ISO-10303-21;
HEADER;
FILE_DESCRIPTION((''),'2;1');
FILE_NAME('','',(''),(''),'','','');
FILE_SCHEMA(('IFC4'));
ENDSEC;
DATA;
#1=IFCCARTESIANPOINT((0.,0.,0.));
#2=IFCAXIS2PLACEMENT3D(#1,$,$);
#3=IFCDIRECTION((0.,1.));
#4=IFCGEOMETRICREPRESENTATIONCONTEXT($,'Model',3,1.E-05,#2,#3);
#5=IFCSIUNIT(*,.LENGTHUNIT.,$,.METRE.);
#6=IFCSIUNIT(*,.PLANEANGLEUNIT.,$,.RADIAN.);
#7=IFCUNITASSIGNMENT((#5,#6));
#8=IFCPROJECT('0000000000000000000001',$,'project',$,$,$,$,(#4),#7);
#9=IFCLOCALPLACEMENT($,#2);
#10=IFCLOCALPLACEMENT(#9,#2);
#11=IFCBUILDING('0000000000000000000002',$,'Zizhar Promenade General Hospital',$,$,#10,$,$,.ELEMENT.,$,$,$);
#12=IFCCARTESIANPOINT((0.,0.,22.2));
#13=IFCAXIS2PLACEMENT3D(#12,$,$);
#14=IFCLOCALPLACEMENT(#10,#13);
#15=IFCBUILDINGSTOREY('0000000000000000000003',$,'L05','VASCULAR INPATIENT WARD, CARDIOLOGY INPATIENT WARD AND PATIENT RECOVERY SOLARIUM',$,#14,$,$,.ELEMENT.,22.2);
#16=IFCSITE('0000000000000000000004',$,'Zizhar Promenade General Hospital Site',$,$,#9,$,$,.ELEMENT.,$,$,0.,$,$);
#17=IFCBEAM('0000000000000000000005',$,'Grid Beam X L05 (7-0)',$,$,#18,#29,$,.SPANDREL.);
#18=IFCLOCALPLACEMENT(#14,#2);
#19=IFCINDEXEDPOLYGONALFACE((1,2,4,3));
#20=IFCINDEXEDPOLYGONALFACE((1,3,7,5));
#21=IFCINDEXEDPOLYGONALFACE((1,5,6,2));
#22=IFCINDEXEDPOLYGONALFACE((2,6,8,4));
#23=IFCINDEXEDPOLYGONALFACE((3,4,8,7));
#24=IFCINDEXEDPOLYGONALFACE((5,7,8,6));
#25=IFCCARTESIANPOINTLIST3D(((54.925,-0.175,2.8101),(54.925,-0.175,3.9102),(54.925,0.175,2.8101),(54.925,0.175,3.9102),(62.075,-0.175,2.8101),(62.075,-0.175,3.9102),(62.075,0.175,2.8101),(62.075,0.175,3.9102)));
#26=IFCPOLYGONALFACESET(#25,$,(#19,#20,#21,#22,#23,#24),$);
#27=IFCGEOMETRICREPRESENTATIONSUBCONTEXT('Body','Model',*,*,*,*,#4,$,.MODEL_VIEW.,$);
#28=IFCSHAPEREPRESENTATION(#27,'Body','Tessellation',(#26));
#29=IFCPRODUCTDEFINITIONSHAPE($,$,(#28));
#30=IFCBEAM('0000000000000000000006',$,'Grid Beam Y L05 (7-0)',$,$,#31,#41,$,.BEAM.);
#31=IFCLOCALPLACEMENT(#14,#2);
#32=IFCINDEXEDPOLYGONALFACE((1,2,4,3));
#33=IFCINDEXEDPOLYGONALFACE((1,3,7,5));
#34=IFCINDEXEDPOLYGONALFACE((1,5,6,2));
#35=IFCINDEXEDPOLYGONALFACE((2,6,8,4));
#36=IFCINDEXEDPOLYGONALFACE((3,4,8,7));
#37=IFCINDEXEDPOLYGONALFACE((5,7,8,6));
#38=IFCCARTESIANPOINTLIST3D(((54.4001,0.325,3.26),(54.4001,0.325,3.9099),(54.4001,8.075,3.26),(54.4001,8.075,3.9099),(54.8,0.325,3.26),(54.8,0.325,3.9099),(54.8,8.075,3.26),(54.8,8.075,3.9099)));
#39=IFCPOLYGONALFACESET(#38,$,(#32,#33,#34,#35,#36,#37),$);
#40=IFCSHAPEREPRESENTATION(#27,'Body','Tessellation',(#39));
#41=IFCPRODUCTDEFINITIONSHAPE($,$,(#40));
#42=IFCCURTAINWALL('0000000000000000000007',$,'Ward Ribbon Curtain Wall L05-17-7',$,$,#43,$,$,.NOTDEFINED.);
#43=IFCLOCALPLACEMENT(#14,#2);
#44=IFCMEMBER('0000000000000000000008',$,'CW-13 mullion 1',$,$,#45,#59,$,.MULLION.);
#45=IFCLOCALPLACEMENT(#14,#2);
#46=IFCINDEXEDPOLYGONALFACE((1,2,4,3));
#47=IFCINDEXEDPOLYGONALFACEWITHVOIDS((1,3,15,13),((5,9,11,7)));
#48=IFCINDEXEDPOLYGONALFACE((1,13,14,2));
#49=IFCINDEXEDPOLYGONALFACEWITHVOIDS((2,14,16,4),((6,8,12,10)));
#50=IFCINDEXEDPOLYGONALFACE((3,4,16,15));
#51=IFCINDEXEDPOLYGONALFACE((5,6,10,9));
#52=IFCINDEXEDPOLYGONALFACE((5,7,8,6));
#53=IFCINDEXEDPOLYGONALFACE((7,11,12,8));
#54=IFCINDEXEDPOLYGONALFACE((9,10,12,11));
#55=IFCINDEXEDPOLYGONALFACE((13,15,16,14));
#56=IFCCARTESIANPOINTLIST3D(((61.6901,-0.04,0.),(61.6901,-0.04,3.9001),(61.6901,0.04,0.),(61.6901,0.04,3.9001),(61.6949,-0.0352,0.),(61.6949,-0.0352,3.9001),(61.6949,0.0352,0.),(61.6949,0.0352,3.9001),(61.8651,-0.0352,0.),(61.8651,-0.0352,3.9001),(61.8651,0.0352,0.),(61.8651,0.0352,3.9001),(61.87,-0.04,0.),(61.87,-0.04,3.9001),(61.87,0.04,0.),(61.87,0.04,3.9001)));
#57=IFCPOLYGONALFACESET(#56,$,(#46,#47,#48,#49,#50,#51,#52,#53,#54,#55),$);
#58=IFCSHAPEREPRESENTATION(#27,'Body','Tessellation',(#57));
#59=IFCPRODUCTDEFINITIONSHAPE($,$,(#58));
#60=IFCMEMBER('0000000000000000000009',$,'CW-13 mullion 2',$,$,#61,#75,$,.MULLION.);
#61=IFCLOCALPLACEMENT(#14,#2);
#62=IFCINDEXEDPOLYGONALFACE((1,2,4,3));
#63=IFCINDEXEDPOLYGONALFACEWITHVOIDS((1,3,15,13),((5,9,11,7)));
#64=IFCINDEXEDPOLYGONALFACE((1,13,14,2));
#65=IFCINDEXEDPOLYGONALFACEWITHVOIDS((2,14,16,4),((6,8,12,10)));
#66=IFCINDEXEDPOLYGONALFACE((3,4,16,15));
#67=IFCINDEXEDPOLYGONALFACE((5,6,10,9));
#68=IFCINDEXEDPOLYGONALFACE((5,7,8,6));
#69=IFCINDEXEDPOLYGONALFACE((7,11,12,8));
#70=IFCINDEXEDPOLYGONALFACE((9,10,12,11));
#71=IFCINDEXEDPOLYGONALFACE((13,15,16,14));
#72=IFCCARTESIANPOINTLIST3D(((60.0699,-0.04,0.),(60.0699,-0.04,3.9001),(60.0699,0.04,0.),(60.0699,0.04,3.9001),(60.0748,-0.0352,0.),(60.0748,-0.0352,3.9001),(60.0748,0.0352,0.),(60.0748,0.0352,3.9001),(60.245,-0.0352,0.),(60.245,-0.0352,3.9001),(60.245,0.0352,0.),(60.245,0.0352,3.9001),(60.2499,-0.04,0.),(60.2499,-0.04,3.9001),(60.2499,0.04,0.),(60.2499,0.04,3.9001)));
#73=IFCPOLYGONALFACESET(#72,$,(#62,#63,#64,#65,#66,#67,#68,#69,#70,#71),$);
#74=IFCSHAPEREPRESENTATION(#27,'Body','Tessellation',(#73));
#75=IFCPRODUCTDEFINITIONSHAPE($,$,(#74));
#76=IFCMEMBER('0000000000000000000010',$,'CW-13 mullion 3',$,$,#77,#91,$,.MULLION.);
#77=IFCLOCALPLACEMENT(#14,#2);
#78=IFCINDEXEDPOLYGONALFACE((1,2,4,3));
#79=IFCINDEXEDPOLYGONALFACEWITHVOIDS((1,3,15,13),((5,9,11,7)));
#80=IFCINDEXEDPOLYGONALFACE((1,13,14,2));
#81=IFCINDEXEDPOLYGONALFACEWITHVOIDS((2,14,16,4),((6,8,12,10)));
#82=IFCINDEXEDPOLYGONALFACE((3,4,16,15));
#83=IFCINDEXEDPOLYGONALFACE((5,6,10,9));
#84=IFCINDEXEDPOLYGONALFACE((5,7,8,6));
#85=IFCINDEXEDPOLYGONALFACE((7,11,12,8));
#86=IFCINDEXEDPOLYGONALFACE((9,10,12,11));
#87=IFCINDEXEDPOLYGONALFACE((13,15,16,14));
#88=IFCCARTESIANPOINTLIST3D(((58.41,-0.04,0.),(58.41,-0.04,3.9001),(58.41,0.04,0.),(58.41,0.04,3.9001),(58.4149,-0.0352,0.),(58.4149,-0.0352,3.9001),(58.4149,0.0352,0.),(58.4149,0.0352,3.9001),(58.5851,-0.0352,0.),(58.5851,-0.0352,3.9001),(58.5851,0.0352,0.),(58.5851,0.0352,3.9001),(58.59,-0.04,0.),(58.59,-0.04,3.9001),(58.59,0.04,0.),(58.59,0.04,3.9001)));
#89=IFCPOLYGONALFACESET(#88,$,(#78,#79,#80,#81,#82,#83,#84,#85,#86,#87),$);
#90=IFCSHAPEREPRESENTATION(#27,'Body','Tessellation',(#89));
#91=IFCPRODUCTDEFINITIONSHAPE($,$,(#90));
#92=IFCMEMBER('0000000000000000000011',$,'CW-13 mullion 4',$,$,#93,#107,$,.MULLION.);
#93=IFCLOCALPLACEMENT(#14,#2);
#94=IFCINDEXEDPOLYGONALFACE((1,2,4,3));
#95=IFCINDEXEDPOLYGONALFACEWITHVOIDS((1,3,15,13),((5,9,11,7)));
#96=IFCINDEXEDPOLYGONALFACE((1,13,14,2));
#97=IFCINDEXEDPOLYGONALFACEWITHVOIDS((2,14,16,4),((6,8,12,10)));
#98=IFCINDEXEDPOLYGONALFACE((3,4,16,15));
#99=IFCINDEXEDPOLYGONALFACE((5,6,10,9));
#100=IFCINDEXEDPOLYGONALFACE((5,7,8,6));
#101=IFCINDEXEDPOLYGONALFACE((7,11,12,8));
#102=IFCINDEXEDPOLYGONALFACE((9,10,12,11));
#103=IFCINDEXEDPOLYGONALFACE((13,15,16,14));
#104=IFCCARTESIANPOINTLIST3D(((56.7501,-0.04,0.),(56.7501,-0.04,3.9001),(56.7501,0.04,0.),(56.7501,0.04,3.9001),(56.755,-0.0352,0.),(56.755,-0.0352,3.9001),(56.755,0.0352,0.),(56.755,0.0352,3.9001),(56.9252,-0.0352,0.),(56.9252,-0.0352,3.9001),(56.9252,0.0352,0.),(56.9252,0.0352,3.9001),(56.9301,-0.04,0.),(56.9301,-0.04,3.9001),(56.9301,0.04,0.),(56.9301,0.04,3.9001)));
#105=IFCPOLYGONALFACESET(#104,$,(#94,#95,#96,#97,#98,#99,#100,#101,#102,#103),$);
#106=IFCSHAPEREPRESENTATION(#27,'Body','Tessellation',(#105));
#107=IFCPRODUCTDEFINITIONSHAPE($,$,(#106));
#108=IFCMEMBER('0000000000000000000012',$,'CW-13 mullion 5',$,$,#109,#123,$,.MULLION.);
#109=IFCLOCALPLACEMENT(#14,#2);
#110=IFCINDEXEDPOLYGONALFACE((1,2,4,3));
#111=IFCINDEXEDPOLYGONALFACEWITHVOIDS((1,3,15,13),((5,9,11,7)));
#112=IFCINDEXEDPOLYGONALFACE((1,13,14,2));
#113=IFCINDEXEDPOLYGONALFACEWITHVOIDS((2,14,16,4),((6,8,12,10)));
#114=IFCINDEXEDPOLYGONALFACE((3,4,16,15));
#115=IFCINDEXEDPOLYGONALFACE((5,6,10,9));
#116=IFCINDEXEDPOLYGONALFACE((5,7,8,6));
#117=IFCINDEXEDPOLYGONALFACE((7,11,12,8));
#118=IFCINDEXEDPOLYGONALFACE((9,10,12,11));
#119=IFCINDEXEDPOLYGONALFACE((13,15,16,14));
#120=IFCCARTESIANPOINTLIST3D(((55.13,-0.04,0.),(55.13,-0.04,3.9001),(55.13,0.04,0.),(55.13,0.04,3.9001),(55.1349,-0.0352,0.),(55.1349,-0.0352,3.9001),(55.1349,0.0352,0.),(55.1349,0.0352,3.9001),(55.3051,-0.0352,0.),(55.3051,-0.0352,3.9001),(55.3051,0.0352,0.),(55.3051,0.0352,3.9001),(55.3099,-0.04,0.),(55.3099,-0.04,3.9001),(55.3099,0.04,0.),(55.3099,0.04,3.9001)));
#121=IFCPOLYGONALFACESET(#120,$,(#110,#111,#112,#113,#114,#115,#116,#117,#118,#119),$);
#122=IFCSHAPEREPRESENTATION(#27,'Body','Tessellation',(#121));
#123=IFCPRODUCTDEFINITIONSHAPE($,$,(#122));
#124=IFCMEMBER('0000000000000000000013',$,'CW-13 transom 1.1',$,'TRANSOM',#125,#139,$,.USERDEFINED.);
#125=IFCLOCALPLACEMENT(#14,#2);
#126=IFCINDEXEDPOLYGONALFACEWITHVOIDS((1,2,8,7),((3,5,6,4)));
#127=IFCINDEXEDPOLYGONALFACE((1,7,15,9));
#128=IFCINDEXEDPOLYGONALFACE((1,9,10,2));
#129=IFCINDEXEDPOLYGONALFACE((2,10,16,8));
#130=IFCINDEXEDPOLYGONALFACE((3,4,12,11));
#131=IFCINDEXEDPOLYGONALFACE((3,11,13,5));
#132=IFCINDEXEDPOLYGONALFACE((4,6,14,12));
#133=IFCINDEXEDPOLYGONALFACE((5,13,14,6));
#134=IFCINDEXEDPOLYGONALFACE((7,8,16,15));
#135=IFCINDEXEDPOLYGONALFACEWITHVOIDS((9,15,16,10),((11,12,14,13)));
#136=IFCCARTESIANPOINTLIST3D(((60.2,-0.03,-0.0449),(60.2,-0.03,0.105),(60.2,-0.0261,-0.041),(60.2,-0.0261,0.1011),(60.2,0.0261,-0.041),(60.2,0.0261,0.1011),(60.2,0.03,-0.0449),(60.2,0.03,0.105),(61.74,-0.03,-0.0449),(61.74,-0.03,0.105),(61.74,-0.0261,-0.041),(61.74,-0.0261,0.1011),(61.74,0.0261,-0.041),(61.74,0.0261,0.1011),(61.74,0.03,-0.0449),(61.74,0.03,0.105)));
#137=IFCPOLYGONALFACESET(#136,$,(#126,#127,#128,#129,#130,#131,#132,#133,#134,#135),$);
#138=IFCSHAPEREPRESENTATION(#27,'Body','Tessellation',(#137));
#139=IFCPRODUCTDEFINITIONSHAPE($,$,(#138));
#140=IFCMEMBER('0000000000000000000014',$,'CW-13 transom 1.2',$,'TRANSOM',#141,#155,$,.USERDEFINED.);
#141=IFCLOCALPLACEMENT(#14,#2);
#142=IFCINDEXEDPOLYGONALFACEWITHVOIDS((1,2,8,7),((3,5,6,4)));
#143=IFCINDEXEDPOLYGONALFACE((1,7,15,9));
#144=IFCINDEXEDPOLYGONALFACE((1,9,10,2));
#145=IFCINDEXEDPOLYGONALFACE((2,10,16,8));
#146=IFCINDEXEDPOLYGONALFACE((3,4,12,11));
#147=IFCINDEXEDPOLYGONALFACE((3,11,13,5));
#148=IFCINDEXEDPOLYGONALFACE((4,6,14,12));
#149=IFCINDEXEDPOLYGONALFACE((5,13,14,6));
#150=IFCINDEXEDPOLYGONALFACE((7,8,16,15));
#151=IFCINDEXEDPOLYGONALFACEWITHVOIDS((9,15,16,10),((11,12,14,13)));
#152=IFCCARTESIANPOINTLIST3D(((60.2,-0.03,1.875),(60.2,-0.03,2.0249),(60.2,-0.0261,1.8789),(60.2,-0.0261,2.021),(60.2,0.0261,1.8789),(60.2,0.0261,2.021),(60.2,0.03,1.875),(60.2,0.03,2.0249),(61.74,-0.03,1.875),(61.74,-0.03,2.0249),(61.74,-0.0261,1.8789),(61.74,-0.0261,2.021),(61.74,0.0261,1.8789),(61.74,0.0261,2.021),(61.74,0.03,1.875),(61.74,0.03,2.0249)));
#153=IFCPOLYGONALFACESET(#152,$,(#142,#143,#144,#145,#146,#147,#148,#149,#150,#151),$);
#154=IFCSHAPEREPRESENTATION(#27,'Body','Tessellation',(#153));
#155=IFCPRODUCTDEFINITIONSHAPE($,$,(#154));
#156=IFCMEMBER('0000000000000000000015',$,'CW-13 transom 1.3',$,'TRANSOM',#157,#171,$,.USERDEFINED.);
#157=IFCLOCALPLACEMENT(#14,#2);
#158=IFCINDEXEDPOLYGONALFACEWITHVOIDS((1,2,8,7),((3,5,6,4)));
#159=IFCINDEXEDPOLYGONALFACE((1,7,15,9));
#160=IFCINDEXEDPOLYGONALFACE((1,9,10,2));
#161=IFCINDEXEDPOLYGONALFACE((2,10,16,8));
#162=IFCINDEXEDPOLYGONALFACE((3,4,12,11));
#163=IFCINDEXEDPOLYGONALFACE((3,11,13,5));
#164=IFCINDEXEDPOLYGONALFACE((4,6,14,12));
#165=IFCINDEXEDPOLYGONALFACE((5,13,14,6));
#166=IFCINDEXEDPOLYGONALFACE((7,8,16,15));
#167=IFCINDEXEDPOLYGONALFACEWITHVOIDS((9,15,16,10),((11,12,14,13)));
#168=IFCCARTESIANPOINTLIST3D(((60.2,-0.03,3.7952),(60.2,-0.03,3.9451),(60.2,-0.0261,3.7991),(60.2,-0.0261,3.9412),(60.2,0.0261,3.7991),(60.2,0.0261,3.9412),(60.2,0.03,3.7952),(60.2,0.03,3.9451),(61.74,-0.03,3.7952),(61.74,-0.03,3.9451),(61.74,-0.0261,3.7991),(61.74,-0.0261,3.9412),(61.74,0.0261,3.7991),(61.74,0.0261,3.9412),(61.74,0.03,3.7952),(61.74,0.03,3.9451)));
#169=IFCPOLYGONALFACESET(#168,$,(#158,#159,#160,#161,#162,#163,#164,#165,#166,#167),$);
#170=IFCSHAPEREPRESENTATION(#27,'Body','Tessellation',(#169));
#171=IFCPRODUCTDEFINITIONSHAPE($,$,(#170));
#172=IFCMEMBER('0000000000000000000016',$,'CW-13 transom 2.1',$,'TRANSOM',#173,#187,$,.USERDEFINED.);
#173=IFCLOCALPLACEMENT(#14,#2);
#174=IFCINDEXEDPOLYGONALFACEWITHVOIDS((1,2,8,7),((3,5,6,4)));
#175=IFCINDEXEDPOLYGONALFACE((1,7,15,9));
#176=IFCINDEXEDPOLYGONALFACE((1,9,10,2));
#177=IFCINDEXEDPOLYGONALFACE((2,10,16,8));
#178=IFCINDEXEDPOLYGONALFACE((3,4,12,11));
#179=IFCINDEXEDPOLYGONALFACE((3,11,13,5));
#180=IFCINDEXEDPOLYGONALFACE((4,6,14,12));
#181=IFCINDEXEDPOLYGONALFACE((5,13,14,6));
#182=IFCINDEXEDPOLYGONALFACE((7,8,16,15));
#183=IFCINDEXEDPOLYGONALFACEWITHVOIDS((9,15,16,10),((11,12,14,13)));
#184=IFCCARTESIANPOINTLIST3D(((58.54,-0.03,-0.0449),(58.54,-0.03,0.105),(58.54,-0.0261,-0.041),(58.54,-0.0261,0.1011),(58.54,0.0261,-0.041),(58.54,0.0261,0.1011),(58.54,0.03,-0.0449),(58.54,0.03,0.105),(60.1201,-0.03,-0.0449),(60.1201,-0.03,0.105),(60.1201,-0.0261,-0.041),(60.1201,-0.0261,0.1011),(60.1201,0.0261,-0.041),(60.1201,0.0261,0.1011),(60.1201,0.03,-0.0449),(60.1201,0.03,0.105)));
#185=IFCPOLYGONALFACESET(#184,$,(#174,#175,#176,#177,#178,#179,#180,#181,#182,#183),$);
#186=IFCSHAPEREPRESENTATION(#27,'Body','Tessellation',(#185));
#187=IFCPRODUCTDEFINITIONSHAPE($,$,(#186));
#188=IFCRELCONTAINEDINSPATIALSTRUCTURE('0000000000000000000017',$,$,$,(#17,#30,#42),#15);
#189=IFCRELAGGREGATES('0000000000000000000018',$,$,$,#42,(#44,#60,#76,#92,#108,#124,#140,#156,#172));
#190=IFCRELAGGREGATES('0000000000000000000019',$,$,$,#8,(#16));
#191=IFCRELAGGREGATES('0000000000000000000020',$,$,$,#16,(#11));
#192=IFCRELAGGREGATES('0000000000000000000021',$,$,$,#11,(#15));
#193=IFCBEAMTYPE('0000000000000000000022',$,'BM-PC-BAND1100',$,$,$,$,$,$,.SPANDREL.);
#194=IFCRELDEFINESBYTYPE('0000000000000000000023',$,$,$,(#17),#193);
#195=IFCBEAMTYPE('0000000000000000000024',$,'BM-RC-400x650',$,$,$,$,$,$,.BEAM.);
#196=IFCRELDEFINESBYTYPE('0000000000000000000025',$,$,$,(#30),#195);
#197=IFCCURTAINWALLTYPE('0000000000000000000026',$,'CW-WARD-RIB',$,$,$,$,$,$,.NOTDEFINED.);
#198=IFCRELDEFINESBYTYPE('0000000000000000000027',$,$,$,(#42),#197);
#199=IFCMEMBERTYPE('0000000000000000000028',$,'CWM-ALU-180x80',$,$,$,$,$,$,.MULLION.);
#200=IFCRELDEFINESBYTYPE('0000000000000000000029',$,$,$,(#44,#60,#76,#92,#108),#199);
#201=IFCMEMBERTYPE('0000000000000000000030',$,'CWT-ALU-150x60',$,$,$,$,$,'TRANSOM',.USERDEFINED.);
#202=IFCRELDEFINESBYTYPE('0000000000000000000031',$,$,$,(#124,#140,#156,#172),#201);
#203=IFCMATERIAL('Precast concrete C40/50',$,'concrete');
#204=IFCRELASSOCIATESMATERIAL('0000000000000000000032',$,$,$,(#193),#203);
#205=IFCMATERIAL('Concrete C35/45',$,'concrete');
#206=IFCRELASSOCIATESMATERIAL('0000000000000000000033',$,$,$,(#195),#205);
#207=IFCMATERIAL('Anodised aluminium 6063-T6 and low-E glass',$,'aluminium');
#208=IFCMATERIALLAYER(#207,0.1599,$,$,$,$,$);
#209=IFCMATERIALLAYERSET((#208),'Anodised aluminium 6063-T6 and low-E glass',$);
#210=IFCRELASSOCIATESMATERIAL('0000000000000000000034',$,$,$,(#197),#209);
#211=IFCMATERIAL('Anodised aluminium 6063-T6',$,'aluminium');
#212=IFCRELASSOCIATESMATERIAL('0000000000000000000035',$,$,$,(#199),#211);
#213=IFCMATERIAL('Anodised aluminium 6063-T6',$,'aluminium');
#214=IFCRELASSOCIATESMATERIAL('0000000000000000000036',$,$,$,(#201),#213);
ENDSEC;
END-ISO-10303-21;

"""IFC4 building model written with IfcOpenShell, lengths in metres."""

from ifc_helpers import new_model, si_unit, direction, frame, origin, origin_2d, place, context, subcontext, project, spatial, rectangle, hollow_rectangle, extrude, material, layer, layer_set, material_profile, profile_set, type_object, element, aggregate, save


model = new_model("IFC4")

# Units and contexts
model_context = context("Model", 3, precision=1e-05, world=origin(), true_north=direction((0.0, 1.0)))
body_context = subcontext(model_context, "Body", "Model", "MODEL_VIEW")
ifc_project = project(units=[si_unit("LENGTHUNIT", "METRE"), si_unit("PLANEANGLEUNIT", "RADIAN")], contexts=[model_context])

# Site, building, storey
site_placement = place(None, origin())
site = spatial("IfcSite", under=ifc_project, at=site_placement, Name="Zizhar Promenade General Hospital Site", CompositionType="ELEMENT", RefElevation=0.0)
building_placement = place(site_placement, origin())
building = spatial("IfcBuilding", under=site, at=building_placement, Name="Zizhar Promenade General Hospital", CompositionType="ELEMENT")
storey_placement = place(building_placement, frame((0.0, 0.0, 22.2)))
storey = spatial("IfcBuildingStorey", under=building, at=storey_placement, Name="L05", Description="VASCULAR INPATIENT WARD, CARDIOLOGY INPATIENT WARD AND PATIENT RECOVERY SOLARIUM", CompositionType="ELEMENT", Elevation=22.2)

# Beams
ifc_material_1 = material(Name="Precast concrete C40/50", Category="concrete")
ifc_material_profile_1 = material_profile(ifc_material_1, rectangle(XDim=0.3501, YDim=1.1001, at=origin_2d()))
ifc_profile_set_1 = profile_set([ifc_material_profile_1], Name="Precast concrete C40/50")
beam_type_1 = type_object("IfcBeamType", Name="BM-PC-BAND1100", PredefinedType="SPANDREL", material=ifc_profile_set_1)
beam_1_placement = place(storey_placement, frame((54.925, 0.0, 3.3601), z_axis=(1.0, 0.0, 0.0), x_axis=(0.0, 1.0, 0.0)))
element("IfcBeam", 1, at=beam_1_placement, inside=storey, type_object=beam_type_1, Name="Grid Beam X L05 (7-0)", PredefinedType="SPANDREL", context=body_context, shape_type="SweptSolid", body=[
    extrude(rectangle(XDim=0.3501, YDim=1.1001, at=origin_2d()), origin(), (0.0, 0.0, 1.0), 7.1499),
])
ifc_material_2 = material(Name="Concrete C35/45", Category="concrete")
ifc_material_profile_2 = material_profile(ifc_material_2, rectangle(XDim=0.3999, YDim=0.6499, at=origin_2d()))
ifc_profile_set_2 = profile_set([ifc_material_profile_2], Name="Concrete C35/45")
beam_type_2 = type_object("IfcBeamType", Name="BM-RC-400x650", PredefinedType="BEAM", material=ifc_profile_set_2)
beam_2_placement = place(storey_placement, frame((54.6001, 0.325, 3.585), z_axis=(0.0, 1.0, 0.0), x_axis=(-1.0, 0.0, 0.0)))
element("IfcBeam", 2, at=beam_2_placement, inside=storey, type_object=beam_type_2, Name="Grid Beam Y L05 (7-0)", PredefinedType="BEAM", context=body_context, shape_type="SweptSolid", body=[
    extrude(rectangle(XDim=0.3999, YDim=0.6499, at=origin_2d()), origin(), (0.0, 0.0, 1.0), 7.75),
])

# Curtain wall, members
ifc_material_3 = material(Name="Anodised aluminium 6063-T6 and low-E glass", Category="aluminium")
ifc_layer_1 = layer(ifc_material_3, 0.1599)
ifc_layer_set_1 = layer_set([ifc_layer_1], Name="Anodised aluminium 6063-T6 and low-E glass")
curtain_wall_type = type_object("IfcCurtainWallType", Name="CW-WARD-RIB", PredefinedType="NOTDEFINED", material=ifc_layer_set_1)
curtain_wall_placement = place(storey_placement, origin())
curtain_wall = element("IfcCurtainWall", 3, at=curtain_wall_placement, inside=storey, type_object=curtain_wall_type, Name="Ward Ribbon Curtain Wall L05-17-7", PredefinedType="NOTDEFINED")
ifc_material_4 = material(Name="Anodised aluminium 6063-T6", Category="aluminium")
ifc_material_profile_3 = material_profile(ifc_material_4, hollow_rectangle(XDim=0.0801, YDim=0.1799, WallThickness=0.0049, at=origin_2d()))
ifc_profile_set_3 = profile_set([ifc_material_profile_3], Name="Anodised aluminium 6063-T6")
member_type_1 = type_object("IfcMemberType", Name="CWM-ALU-180x80", PredefinedType="MULLION", material=ifc_profile_set_3)
member_1_placement = place(storey_placement, frame((61.78, 0.0, 0.0), z_axis=(0.0, 0.0, 1.0), x_axis=(0.0, -1.0, 0.0)))
member_1 = element("IfcMember", 4, at=member_1_placement, type_object=member_type_1, Name="CW-13 mullion 1", PredefinedType="MULLION", context=body_context, shape_type="SweptSolid", body=[
    extrude(hollow_rectangle(XDim=0.0801, YDim=0.1799, WallThickness=0.0049, at=origin_2d()), origin(), (0.0, 0.0, 1.0), 3.9001),
])
member_2_placement = place(storey_placement, frame((60.1599, 0.0, 0.0), z_axis=(0.0, 0.0, 1.0), x_axis=(0.0, -1.0, 0.0)))
member_2 = element("IfcMember", 5, at=member_2_placement, type_object=member_type_1, Name="CW-13 mullion 2", PredefinedType="MULLION", context=body_context, shape_type="SweptSolid", body=[
    extrude(hollow_rectangle(XDim=0.0801, YDim=0.1799, WallThickness=0.0049, at=origin_2d()), origin(), (0.0, 0.0, 1.0), 3.9001),
])
member_3_placement = place(storey_placement, frame((58.5, 0.0, 0.0), z_axis=(0.0, 0.0, 1.0), x_axis=(0.0, -1.0, 0.0)))
member_3 = element("IfcMember", 6, at=member_3_placement, type_object=member_type_1, Name="CW-13 mullion 3", PredefinedType="MULLION", context=body_context, shape_type="SweptSolid", body=[
    extrude(hollow_rectangle(XDim=0.0801, YDim=0.1799, WallThickness=0.0049, at=origin_2d()), origin(), (0.0, 0.0, 1.0), 3.9001),
])
member_4_placement = place(storey_placement, frame((56.8401, 0.0, 0.0), z_axis=(0.0, 0.0, 1.0), x_axis=(0.0, -1.0, 0.0)))
member_4 = element("IfcMember", 7, at=member_4_placement, type_object=member_type_1, Name="CW-13 mullion 4", PredefinedType="MULLION", context=body_context, shape_type="SweptSolid", body=[
    extrude(hollow_rectangle(XDim=0.0801, YDim=0.1799, WallThickness=0.0049, at=origin_2d()), origin(), (0.0, 0.0, 1.0), 3.9001),
])
member_5_placement = place(storey_placement, frame((55.22, 0.0, 0.0), z_axis=(0.0, 0.0, 1.0), x_axis=(0.0, -1.0, 0.0)))
member_5 = element("IfcMember", 8, at=member_5_placement, type_object=member_type_1, Name="CW-13 mullion 5", PredefinedType="MULLION", context=body_context, shape_type="SweptSolid", body=[
    extrude(hollow_rectangle(XDim=0.0801, YDim=0.1799, WallThickness=0.0049, at=origin_2d()), origin(), (0.0, 0.0, 1.0), 3.9001),
])
ifc_material_5 = material(Name="Anodised aluminium 6063-T6", Category="aluminium")
ifc_material_profile_4 = material_profile(ifc_material_5, hollow_rectangle(XDim=0.0601, YDim=0.1499, WallThickness=0.0039, at=origin_2d()))
ifc_profile_set_4 = profile_set([ifc_material_profile_4], Name="Anodised aluminium 6063-T6")
member_type_2 = type_object("IfcMemberType", Name="CWT-ALU-150x60", ElementType="TRANSOM", PredefinedType="USERDEFINED", material=ifc_profile_set_4)
member_6_placement = place(storey_placement, frame((61.74, 0.0, 0.03), z_axis=(-1.0, 0.0, 0.0), x_axis=(0.0, -1.0, 0.0)))
member_6 = element("IfcMember", 9, at=member_6_placement, type_object=member_type_2, Name="CW-13 transom 1.1", ObjectType="TRANSOM", PredefinedType="USERDEFINED", context=body_context, shape_type="SweptSolid", body=[
    extrude(hollow_rectangle(XDim=0.0601, YDim=0.1499, WallThickness=0.0039, at=origin_2d()), origin(), (0.0, 0.0, 1.0), 1.54),
])
member_7_placement = place(storey_placement, frame((61.74, 0.0, 1.95), z_axis=(-1.0, 0.0, 0.0), x_axis=(0.0, -1.0, 0.0)))
member_7 = element("IfcMember", 10, at=member_7_placement, type_object=member_type_2, Name="CW-13 transom 1.2", ObjectType="TRANSOM", PredefinedType="USERDEFINED", context=body_context, shape_type="SweptSolid", body=[
    extrude(hollow_rectangle(XDim=0.0601, YDim=0.1499, WallThickness=0.0039, at=origin_2d()), origin(), (0.0, 0.0, 1.0), 1.54),
])
member_8_placement = place(storey_placement, frame((61.74, 0.0, 3.8701), z_axis=(-1.0, 0.0, 0.0), x_axis=(0.0, -1.0, 0.0)))
member_8 = element("IfcMember", 11, at=member_8_placement, type_object=member_type_2, Name="CW-13 transom 1.3", ObjectType="TRANSOM", PredefinedType="USERDEFINED", context=body_context, shape_type="SweptSolid", body=[
    extrude(hollow_rectangle(XDim=0.0601, YDim=0.1499, WallThickness=0.0039, at=origin_2d()), origin(), (0.0, 0.0, 1.0), 1.54),
])
member_9_placement = place(storey_placement, frame((60.1201, 0.0, 0.03), z_axis=(-1.0, 0.0, 0.0), x_axis=(0.0, -1.0, 0.0)))
member_9 = element("IfcMember", 12, at=member_9_placement, type_object=member_type_2, Name="CW-13 transom 2.1", ObjectType="TRANSOM", PredefinedType="USERDEFINED", context=body_context, shape_type="SweptSolid", body=[
    extrude(hollow_rectangle(XDim=0.0601, YDim=0.1499, WallThickness=0.0039, at=origin_2d()), origin(), (0.0, 0.0, 1.0), 1.5801),
])
aggregate(curtain_wall, [member_1, member_2, member_3, member_4, member_5, member_6, member_7, member_8, member_9])

save(model, "model.ifc")
